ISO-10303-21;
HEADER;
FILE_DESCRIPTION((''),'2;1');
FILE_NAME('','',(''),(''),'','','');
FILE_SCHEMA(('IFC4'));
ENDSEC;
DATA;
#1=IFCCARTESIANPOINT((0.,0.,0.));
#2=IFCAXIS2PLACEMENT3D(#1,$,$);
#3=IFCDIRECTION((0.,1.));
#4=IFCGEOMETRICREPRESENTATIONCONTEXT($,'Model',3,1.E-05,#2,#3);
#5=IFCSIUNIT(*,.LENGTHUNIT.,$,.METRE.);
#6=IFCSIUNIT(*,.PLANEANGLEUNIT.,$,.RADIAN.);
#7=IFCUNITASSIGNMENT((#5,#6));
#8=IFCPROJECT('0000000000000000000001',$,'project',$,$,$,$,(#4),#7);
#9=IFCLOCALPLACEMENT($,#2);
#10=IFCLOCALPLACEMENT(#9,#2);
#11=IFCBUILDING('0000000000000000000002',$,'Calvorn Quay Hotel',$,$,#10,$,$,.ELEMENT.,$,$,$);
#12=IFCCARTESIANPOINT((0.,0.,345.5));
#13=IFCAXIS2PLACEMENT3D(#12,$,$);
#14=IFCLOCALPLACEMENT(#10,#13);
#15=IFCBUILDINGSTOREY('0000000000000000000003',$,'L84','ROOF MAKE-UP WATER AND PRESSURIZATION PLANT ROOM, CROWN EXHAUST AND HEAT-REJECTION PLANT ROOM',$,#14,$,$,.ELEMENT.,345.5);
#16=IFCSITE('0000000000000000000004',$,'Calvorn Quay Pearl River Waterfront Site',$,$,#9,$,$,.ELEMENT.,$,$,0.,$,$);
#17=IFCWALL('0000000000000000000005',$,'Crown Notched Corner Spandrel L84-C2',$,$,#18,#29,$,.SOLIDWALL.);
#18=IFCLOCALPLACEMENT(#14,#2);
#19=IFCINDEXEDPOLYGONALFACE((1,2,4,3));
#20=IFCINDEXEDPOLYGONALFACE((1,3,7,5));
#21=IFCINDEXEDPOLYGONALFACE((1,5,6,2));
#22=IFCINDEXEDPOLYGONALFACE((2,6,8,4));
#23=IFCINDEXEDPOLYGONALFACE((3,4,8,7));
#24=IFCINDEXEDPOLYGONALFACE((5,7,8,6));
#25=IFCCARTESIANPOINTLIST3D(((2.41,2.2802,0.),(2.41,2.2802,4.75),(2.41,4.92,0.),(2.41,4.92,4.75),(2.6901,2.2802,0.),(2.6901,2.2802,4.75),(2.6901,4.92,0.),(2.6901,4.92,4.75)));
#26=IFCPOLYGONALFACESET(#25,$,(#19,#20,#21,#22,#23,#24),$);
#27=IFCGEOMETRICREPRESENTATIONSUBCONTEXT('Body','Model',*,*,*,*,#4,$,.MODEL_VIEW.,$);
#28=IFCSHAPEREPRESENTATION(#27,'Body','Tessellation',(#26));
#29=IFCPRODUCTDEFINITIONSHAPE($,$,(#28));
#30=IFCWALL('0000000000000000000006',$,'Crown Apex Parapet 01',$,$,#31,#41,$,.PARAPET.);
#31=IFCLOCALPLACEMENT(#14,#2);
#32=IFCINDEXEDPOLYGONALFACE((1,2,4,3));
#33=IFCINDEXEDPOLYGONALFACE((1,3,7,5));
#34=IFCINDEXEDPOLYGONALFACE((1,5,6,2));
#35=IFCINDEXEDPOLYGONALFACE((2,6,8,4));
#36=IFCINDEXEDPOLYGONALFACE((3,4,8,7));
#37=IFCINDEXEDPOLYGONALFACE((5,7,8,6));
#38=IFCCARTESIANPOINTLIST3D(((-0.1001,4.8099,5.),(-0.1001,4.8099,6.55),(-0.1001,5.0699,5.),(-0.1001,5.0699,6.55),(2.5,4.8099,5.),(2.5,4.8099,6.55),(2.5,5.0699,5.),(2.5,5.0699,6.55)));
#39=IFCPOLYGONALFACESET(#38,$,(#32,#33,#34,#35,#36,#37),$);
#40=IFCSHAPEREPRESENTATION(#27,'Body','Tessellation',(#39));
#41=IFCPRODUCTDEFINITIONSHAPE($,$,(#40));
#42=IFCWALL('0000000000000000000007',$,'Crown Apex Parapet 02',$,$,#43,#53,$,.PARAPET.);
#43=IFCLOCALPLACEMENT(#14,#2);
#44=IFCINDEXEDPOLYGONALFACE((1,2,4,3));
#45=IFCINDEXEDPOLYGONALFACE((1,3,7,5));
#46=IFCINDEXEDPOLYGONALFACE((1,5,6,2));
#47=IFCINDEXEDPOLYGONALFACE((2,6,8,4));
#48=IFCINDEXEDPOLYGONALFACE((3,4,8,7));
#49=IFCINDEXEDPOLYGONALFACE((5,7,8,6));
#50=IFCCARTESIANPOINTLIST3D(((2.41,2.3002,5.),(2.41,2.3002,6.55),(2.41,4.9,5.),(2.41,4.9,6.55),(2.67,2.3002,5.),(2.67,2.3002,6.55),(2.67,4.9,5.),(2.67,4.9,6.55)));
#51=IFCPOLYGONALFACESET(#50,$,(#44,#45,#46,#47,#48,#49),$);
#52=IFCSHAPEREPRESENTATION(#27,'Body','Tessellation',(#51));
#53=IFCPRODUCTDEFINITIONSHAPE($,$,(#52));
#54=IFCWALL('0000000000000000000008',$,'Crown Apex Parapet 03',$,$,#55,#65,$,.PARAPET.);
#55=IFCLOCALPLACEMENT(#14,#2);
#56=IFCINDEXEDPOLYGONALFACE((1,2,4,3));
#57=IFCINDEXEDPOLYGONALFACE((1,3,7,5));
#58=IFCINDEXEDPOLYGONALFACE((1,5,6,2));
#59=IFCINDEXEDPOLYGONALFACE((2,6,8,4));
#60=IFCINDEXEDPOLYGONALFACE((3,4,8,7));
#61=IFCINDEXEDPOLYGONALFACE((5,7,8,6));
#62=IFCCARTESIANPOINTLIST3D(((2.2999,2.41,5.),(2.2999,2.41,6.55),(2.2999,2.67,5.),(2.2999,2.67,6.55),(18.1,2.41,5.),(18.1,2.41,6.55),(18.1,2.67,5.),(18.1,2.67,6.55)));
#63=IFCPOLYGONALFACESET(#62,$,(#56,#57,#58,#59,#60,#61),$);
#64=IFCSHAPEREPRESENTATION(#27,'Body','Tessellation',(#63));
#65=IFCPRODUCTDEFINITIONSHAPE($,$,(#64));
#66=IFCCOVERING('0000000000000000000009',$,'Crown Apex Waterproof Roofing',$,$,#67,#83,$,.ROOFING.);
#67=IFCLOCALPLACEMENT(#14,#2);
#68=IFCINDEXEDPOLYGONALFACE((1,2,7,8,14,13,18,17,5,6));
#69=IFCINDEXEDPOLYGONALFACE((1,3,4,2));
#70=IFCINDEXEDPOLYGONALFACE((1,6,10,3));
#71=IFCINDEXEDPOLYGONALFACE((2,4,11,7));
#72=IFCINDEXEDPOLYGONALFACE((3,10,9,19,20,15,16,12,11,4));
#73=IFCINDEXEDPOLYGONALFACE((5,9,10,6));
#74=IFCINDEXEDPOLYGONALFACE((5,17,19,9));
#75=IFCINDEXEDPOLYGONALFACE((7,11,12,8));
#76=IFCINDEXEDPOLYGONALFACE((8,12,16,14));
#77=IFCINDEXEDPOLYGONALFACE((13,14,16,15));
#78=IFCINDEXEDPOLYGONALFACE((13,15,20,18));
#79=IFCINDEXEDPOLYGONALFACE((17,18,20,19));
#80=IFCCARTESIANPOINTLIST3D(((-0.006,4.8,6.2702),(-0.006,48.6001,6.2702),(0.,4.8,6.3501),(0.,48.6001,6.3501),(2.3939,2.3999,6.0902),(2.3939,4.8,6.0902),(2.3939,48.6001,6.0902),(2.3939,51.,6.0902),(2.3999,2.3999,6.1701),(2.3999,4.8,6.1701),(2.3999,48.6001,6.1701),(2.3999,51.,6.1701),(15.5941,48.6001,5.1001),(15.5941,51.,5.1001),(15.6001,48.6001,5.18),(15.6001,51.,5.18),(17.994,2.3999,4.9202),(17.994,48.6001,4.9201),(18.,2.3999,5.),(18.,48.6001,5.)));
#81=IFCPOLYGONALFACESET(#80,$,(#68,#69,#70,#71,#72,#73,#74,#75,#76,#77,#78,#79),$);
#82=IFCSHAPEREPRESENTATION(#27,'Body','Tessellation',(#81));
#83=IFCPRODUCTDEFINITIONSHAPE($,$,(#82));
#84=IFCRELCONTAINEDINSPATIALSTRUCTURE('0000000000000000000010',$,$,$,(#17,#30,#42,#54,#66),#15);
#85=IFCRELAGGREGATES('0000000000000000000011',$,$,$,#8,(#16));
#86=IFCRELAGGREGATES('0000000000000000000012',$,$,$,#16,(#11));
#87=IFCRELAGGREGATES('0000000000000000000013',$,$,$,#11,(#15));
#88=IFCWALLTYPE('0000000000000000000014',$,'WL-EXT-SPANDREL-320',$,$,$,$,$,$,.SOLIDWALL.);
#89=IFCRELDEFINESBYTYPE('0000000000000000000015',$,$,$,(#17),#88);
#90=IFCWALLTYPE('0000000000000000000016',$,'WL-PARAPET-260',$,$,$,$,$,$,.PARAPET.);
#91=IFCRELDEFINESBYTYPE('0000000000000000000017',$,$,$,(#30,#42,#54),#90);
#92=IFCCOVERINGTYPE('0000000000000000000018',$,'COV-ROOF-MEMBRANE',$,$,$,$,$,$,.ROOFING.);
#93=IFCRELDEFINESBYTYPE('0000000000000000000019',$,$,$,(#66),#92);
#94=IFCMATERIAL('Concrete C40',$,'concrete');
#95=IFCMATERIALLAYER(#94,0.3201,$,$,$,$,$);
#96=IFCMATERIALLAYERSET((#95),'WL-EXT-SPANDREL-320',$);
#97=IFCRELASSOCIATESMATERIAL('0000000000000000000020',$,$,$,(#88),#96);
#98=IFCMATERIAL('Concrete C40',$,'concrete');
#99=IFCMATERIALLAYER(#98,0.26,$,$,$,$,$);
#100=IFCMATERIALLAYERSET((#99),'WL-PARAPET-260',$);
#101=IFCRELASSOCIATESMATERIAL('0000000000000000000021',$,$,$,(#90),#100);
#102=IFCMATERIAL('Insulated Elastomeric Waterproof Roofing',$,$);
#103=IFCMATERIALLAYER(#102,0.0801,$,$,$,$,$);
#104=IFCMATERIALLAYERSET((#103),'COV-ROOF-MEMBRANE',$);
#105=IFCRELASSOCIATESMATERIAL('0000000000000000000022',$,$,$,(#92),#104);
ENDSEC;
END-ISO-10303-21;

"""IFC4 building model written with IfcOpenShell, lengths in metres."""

from ifc_helpers import new_model, si_unit, direction, frame, frame_2d, origin, place, context, subcontext, project, spatial, polyline, rectangle, outline, extrude, material, layer, layer_set, type_object, element, save


model = new_model("IFC4")

# Units and contexts
model_context = context("Model", 3, precision=1e-05, world=origin(), true_north=direction((0.0, 1.0)))
body_context = subcontext(model_context, "Body", "Model", "MODEL_VIEW")
ifc_project = project(units=[si_unit("LENGTHUNIT", "METRE"), si_unit("PLANEANGLEUNIT", "RADIAN")], contexts=[model_context])

# Site, building, storey
site_placement = place(None, origin())
site = spatial("IfcSite", under=ifc_project, at=site_placement, Name="Calvorn Quay Pearl River Waterfront Site", CompositionType="ELEMENT", RefElevation=0.0)
building_placement = place(site_placement, origin())
building = spatial("IfcBuilding", under=site, at=building_placement, Name="Calvorn Quay Hotel", CompositionType="ELEMENT")
storey_placement = place(building_placement, frame((0.0, 0.0, 345.5)))
storey = spatial("IfcBuildingStorey", under=building, at=storey_placement, Name="L84", Description="ROOF MAKE-UP WATER AND PRESSURIZATION PLANT ROOM, CROWN EXHAUST AND HEAT-REJECTION PLANT ROOM", CompositionType="ELEMENT", Elevation=345.5)

# Walls
ifc_material_1 = material(Name="Concrete C40", Category="concrete")
ifc_layer_1 = layer(ifc_material_1, 0.3201)
ifc_layer_set_1 = layer_set([ifc_layer_1], Name="WL-EXT-SPANDREL-320")
wall_type_1 = type_object("IfcWallType", Name="WL-EXT-SPANDREL-320", PredefinedType="SOLIDWALL", material=ifc_layer_set_1)
wall_1_placement = place(storey_placement, frame((2.55, 4.9199, 0.0), z_axis=(0.0, 0.0, 1.0), x_axis=(0.0, -1.0, 0.0)))
element("IfcWall", 1, at=wall_1_placement, inside=storey, type_object=wall_type_1, Name="Crown Notched Corner Spandrel L84-C2", PredefinedType="SOLIDWALL", context=body_context, shape_type="SweptSolid", body=[
    extrude(rectangle(XDim=2.6399, YDim=0.28, at=frame_2d((1.3198, 0.0))), origin(), (0.0, 0.0, 1.0), 4.75),
])
ifc_material_2 = material(Name="Concrete C40", Category="concrete")
ifc_layer_2 = layer(ifc_material_2, 0.26)
ifc_layer_set_2 = layer_set([ifc_layer_2], Name="WL-PARAPET-260")
wall_type_2 = type_object("IfcWallType", Name="WL-PARAPET-260", PredefinedType="PARAPET", material=ifc_layer_set_2)
wall_2_placement = place(storey_placement, frame((-0.1001, 4.9399, 5.0), z_axis=(0.0, 0.0, 1.0), x_axis=(1.0, 0.0, 0.0)))
element("IfcWall", 2, at=wall_2_placement, inside=storey, type_object=wall_type_2, Name="Crown Apex Parapet 01", PredefinedType="PARAPET", context=body_context, shape_type="SweptSolid", body=[
    extrude(rectangle(XDim=2.6001, YDim=0.26, at=frame_2d((1.3, 0.0))), origin(), (0.0, 0.0, 1.0), 1.55),
])
wall_3_placement = place(storey_placement, frame((2.54, 4.8999, 5.0), z_axis=(0.0, 0.0, 1.0), x_axis=(0.0, -1.0, 0.0)))
element("IfcWall", 3, at=wall_3_placement, inside=storey, type_object=wall_type_2, Name="Crown Apex Parapet 02", PredefinedType="PARAPET", context=body_context, shape_type="SweptSolid", body=[
    extrude(rectangle(XDim=2.5999, YDim=0.26, at=frame_2d((1.2998, 0.0))), origin(), (0.0, 0.0, 1.0), 1.55),
])
wall_4_placement = place(storey_placement, frame((2.3, 2.54, 5.0), z_axis=(0.0, 0.0, 1.0), x_axis=(1.0, 0.0, 0.0)))
element("IfcWall", 4, at=wall_4_placement, inside=storey, type_object=wall_type_2, Name="Crown Apex Parapet 03", PredefinedType="PARAPET", context=body_context, shape_type="SweptSolid", body=[
    extrude(rectangle(XDim=15.8, YDim=0.26, at=frame_2d((7.8999, 0.0))), origin(), (0.0, 0.0, 1.0), 1.55),
])

# Covering
ifc_material_3 = material(Name="Insulated Elastomeric Waterproof Roofing")
ifc_layer_3 = layer(ifc_material_3, 0.0801)
ifc_layer_set_3 = layer_set([ifc_layer_3], Name="COV-ROOF-MEMBRANE")
covering_type = type_object("IfcCoveringType", Name="COV-ROOF-MEMBRANE", PredefinedType="ROOFING", material=ifc_layer_set_3)
covering_placement = place(storey_placement, frame((0.0, 4.8, 6.3501), z_axis=(0.074795, 0.0, 0.997199), x_axis=(0.997199, 0.0, -0.074795)))
element("IfcCovering", 5, at=covering_placement, inside=storey, type_object=covering_type, Name="Crown Apex Waterproof Roofing", PredefinedType="ROOFING", context=body_context, shape_type="SweptSolid", body=[
    extrude(outline(polyline([(0.0, 0.0), (2.4067, 0.0), (2.4067, -2.4001), (18.0506, -2.4001), (18.0506, 43.8), (15.6439, 43.8), (15.6439, 46.2), (2.4067, 46.2), (2.4067, 43.8), (0.0, 43.8), (0.0, 0.0)])), origin(), (0.0, 0.0, -1.0), 0.0801),
])

save(model, "model.ifc")
